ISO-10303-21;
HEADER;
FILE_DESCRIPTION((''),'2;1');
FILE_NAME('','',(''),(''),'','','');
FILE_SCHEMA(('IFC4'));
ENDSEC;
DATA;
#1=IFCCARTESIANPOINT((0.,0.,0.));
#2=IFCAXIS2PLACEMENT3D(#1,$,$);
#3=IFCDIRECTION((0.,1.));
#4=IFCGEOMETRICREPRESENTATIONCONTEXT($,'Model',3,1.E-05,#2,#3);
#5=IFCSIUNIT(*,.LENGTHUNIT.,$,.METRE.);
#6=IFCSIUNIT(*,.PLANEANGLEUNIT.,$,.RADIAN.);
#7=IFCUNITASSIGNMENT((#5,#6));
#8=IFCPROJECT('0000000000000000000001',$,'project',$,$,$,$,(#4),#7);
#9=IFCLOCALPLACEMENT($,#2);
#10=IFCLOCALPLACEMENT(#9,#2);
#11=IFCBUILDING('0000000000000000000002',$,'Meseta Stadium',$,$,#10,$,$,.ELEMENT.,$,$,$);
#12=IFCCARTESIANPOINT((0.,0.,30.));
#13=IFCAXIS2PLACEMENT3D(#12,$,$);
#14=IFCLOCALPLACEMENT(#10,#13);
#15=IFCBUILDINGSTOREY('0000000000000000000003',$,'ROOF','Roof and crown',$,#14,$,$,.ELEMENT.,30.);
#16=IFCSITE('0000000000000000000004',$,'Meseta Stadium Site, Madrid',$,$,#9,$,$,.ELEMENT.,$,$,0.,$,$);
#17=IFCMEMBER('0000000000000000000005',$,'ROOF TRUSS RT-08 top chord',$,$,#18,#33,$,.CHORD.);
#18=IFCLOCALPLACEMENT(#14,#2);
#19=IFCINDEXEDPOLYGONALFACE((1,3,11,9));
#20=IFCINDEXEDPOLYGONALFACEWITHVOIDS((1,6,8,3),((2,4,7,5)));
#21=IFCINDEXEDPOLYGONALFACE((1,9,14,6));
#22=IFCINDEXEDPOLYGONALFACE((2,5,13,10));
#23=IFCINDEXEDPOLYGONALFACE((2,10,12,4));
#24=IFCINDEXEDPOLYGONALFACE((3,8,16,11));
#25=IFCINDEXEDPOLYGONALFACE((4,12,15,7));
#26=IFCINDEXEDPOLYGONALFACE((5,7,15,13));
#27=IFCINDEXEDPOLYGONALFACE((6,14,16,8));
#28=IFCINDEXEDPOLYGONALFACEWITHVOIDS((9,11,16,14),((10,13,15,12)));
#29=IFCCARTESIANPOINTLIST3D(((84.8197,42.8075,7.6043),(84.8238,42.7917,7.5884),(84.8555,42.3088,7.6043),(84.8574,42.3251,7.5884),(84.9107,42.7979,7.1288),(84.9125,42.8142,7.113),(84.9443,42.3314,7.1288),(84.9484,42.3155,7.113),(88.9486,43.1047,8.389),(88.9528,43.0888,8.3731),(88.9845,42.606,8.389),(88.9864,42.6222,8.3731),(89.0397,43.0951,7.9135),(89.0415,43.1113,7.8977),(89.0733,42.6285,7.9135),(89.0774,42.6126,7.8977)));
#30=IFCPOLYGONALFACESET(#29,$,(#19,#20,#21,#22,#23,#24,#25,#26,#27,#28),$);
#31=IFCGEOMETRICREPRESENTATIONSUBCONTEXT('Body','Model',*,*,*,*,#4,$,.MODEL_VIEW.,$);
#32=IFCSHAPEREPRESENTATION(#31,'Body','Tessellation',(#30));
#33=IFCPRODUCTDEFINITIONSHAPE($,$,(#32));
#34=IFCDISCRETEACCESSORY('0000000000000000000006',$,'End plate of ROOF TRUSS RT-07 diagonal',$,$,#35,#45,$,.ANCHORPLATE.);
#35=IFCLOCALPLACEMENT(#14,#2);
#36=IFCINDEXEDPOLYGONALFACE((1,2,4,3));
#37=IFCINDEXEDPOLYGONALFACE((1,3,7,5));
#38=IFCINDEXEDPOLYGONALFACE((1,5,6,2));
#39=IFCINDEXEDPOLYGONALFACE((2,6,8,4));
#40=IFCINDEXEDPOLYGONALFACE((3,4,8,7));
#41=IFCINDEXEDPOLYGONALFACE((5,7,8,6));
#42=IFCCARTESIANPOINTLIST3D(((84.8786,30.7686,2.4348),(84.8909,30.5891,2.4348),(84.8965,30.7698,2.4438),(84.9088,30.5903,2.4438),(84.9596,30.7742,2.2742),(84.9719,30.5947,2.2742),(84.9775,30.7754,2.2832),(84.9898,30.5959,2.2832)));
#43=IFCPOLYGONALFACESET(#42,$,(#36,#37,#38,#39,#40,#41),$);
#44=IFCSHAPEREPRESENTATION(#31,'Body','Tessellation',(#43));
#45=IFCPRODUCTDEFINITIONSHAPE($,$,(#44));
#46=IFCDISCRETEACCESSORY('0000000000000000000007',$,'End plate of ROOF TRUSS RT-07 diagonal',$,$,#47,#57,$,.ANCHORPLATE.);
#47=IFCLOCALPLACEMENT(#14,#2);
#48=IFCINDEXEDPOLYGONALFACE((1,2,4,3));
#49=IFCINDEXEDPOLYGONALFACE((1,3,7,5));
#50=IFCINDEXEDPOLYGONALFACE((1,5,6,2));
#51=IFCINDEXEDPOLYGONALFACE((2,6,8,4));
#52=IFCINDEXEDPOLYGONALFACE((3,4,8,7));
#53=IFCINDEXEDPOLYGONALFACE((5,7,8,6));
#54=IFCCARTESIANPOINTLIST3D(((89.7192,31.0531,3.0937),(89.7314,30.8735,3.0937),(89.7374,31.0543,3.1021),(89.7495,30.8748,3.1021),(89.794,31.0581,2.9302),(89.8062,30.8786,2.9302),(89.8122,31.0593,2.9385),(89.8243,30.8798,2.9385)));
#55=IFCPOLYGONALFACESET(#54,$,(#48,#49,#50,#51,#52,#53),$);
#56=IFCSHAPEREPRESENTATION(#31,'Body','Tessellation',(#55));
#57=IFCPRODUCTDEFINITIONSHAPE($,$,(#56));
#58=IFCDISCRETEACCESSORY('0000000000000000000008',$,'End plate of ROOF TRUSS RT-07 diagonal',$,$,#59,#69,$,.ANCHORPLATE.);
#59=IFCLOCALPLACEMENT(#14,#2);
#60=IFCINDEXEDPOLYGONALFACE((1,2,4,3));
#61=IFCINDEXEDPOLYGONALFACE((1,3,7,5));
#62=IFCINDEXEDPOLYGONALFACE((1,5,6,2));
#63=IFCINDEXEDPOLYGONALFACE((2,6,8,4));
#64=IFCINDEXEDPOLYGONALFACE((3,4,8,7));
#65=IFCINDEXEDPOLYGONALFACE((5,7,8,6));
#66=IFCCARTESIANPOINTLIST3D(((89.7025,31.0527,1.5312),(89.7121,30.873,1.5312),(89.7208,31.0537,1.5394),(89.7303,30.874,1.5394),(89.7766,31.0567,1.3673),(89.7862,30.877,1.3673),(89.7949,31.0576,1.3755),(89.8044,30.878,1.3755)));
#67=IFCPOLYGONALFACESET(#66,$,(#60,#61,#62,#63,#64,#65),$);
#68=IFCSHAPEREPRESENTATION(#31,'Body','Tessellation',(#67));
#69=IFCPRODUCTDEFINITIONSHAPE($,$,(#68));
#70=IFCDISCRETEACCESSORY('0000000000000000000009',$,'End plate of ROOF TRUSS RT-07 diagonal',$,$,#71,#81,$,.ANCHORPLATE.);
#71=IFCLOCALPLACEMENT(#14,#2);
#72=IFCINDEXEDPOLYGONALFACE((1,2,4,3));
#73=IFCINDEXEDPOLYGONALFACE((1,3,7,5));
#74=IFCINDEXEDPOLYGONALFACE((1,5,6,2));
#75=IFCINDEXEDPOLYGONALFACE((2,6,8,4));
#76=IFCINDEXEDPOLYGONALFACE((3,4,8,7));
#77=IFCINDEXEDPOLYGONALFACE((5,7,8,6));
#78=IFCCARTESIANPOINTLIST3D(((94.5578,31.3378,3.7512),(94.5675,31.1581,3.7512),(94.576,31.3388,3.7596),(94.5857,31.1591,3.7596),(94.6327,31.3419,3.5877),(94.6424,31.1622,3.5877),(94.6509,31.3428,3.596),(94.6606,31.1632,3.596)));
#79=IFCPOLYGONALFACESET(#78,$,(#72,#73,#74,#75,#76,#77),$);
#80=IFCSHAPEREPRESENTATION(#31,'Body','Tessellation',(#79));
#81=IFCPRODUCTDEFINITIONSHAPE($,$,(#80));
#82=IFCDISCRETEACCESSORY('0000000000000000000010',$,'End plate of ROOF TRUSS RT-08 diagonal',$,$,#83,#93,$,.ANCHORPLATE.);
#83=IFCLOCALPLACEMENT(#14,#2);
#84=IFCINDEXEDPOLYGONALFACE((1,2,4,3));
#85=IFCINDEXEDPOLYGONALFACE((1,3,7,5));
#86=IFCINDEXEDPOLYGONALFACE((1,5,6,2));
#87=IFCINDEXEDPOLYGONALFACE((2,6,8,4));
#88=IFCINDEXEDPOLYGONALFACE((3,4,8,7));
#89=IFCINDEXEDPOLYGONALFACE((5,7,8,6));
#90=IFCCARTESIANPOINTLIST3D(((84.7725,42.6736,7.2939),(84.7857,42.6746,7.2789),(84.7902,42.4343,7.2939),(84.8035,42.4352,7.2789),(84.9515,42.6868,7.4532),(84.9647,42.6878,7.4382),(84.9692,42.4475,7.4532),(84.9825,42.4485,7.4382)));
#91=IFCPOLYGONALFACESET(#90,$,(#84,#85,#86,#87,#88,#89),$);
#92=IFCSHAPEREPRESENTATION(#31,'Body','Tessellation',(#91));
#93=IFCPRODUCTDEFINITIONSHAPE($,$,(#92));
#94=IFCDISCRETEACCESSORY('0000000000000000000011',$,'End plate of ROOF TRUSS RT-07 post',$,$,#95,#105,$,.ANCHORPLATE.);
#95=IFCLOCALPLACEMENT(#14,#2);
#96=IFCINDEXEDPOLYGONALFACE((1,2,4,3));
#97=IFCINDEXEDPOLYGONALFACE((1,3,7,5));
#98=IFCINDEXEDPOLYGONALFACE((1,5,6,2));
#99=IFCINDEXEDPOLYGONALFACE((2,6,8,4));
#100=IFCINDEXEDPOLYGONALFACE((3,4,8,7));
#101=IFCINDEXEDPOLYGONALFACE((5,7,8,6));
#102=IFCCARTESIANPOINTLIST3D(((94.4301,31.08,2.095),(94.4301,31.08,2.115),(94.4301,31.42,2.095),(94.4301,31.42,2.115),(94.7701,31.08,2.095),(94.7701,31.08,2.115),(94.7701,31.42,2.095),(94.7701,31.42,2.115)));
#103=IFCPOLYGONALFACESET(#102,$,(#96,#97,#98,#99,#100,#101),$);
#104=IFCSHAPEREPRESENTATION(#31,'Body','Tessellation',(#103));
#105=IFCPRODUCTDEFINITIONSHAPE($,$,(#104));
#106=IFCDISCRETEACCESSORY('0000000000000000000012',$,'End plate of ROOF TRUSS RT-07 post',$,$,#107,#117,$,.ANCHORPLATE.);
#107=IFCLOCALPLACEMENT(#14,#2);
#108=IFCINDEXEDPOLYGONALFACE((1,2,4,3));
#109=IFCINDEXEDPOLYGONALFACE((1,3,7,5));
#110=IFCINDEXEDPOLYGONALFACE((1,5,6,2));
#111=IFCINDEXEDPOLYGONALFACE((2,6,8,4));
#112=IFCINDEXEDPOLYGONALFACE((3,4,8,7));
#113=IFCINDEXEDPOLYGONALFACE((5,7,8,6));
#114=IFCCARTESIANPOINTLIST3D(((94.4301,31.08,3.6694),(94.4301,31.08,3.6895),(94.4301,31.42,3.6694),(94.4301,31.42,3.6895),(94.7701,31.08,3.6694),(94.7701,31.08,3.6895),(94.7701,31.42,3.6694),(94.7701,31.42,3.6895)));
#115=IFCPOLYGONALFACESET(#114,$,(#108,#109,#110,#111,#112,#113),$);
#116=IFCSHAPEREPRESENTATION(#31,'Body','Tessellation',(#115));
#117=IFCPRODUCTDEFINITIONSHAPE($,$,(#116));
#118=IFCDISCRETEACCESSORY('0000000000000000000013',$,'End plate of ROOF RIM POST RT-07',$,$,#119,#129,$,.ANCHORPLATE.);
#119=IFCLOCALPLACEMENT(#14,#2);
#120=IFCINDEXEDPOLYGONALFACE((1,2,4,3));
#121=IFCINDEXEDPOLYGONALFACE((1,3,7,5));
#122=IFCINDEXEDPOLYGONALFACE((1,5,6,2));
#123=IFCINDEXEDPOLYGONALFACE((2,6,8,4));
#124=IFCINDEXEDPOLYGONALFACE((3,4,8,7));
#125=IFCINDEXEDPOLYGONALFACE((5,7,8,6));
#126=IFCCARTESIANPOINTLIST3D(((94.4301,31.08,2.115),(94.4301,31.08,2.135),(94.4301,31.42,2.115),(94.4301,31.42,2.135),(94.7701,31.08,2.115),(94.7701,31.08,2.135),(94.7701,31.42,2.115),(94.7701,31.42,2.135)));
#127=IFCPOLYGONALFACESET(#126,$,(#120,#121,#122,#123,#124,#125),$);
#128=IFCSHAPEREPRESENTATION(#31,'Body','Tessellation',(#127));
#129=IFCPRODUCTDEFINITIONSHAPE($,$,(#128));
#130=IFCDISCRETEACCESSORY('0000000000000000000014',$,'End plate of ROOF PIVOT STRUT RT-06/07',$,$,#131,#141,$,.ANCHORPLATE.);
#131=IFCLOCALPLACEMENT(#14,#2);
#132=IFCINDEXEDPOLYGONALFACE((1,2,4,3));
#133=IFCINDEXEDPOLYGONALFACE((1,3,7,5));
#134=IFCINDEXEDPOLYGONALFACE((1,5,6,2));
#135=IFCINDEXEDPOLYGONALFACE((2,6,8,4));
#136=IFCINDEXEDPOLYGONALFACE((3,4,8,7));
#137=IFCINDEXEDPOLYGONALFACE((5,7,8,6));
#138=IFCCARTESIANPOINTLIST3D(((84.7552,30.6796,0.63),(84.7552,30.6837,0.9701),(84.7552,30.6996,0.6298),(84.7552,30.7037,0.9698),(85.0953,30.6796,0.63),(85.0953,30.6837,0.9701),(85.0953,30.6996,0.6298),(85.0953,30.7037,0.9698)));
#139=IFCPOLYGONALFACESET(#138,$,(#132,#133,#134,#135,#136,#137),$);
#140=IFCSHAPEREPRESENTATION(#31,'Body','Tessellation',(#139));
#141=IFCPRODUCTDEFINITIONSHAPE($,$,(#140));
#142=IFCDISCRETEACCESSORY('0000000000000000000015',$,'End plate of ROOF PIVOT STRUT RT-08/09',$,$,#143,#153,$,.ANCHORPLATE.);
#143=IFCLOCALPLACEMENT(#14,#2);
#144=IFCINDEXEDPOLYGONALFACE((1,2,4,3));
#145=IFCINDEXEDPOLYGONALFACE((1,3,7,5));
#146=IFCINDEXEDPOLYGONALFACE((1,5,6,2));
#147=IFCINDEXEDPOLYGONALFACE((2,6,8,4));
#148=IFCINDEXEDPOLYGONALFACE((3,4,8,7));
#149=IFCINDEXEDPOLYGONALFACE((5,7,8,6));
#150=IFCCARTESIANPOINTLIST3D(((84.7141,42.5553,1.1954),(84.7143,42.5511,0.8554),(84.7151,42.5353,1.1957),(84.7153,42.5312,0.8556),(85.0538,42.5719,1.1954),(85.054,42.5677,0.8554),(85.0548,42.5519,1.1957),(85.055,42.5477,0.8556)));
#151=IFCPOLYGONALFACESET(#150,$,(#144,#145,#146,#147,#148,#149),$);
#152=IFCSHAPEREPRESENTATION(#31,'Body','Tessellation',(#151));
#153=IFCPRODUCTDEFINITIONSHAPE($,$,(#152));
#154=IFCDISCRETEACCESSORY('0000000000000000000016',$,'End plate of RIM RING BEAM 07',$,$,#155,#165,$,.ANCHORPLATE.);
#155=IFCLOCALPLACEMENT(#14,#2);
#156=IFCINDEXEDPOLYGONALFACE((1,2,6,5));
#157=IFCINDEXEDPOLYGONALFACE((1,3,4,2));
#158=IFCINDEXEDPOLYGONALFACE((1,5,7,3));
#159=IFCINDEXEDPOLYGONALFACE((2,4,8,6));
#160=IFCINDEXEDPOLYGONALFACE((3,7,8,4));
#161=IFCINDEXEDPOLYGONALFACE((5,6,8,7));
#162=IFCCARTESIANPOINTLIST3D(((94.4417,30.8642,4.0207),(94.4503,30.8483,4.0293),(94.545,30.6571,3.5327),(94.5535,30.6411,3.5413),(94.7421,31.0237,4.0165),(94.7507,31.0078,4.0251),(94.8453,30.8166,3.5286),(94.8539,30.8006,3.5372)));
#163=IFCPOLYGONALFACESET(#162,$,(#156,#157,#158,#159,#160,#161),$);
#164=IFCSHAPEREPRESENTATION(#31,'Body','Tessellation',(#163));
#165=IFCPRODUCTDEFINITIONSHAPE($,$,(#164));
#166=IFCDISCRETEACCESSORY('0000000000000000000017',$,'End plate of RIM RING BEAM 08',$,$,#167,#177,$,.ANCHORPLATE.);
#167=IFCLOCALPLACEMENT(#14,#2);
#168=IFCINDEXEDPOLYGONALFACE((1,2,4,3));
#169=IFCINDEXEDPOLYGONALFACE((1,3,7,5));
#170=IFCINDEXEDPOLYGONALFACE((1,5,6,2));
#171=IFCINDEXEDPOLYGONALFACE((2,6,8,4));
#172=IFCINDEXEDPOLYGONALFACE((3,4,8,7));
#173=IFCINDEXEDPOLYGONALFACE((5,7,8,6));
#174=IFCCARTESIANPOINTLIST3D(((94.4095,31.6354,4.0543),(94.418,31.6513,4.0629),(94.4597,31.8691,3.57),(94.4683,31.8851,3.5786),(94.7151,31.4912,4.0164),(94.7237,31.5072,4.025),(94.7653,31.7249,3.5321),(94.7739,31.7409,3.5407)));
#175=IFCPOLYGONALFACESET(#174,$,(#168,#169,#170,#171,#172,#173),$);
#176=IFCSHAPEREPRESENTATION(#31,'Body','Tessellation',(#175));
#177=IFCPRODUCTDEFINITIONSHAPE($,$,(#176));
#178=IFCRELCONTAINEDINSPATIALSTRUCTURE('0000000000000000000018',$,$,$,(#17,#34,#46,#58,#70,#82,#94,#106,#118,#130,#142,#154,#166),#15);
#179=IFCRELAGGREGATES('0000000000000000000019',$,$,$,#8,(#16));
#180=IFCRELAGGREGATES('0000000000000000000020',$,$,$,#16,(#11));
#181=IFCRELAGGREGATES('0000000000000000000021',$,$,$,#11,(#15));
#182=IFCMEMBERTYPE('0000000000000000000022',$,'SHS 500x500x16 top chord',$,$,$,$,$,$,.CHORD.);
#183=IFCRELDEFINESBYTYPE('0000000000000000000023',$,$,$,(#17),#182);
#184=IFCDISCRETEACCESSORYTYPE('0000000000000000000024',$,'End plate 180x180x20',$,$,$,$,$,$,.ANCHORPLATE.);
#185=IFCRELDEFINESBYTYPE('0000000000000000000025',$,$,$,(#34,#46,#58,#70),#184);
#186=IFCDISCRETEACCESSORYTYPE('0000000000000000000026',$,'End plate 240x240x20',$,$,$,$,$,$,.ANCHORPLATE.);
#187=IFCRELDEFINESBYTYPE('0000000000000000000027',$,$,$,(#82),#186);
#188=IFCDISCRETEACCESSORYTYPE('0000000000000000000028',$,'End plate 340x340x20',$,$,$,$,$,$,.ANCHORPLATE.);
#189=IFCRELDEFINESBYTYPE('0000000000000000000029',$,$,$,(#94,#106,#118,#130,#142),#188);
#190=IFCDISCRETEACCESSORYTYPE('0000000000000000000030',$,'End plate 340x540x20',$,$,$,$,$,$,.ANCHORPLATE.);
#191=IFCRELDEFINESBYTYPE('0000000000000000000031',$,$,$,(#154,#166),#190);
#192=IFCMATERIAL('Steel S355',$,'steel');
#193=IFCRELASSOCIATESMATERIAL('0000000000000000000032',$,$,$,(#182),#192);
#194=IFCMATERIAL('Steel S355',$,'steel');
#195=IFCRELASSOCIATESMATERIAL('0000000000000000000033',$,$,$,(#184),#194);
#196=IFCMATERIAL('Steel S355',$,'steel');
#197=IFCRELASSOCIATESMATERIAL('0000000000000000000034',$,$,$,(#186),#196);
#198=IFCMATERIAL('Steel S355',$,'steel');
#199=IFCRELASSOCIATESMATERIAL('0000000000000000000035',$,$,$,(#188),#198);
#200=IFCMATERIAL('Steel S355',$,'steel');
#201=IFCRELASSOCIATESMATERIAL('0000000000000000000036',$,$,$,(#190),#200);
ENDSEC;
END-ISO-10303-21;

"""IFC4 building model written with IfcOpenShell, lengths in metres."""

from ifc_helpers import new_model, si_unit, direction, frame, origin, origin_2d, place, context, subcontext, project, spatial, rectangle, hollow_rectangle, extrude, material, material_profile, profile_set, type_object, element, save


model = new_model("IFC4")

# Units and contexts
model_context = context("Model", 3, precision=1e-05, world=origin(), true_north=direction((0.0, 1.0)))
body_context = subcontext(model_context, "Body", "Model", "MODEL_VIEW")
ifc_project = project(units=[si_unit("LENGTHUNIT", "METRE"), si_unit("PLANEANGLEUNIT", "RADIAN")], contexts=[model_context])

# Site, building, storey
site_placement = place(None, origin())
site = spatial("IfcSite", under=ifc_project, at=site_placement, Name="Meseta Stadium Site, Madrid", CompositionType="ELEMENT", RefElevation=0.0)
building_placement = place(site_placement, origin())
building = spatial("IfcBuilding", under=site, at=building_placement, Name="Meseta Stadium", CompositionType="ELEMENT")
storey_placement = place(building_placement, frame((0.0, 0.0, 30.0)))
storey = spatial("IfcBuildingStorey", under=building, at=storey_placement, Name="ROOF", Description="Roof and crown", CompositionType="ELEMENT", Elevation=30.0)

# Member
ifc_material_1 = material(Name="Steel S355", Category="steel")
ifc_material_profile_1 = material_profile(ifc_material_1, hollow_rectangle(XDim=0.5, YDim=0.5, WallThickness=0.0161, at=origin_2d()), Name="SHS 500x500x16")
ifc_profile_set_1 = profile_set([ifc_material_profile_1], Name="Steel S355")
member_type_1 = type_object("IfcMemberType", Name="SHS 500x500x16 top chord", PredefinedType="CHORD", material=ifc_profile_set_1)
member_1_placement = place(storey_placement, frame((84.884, 42.5615, 7.3586), z_axis=(0.979971, 0.070519, 0.186236), x_axis=(-0.071775, 0.997421, 0.0)))
element("IfcMember", 1, at=member_1_placement, inside=storey, type_object=member_type_1, Name="ROOF TRUSS RT-08 top chord", PredefinedType="CHORD", context=body_context, shape_type="SweptSolid", body=[
    extrude(hollow_rectangle(XDim=0.5, YDim=0.5, WallThickness=0.0161, at=origin_2d()), origin(), (0.0, 0.0, 1.0), 4.2134),
])

# Discrete accessories
ifc_material_2 = material(Name="Steel S355", Category="steel")
ifc_material_profile_2 = material_profile(ifc_material_2, rectangle(XDim=0.1799, YDim=0.1799, at=origin_2d()), Name="PL 180x180")
ifc_profile_set_2 = profile_set([ifc_material_profile_2], Name="Steel S355")
discrete_accessory_type_1 = type_object("IfcDiscreteAccessoryType", Name="End plate 180x180x20", PredefinedType="ANCHORPLATE", material=ifc_profile_set_2)
for number, where, z_axis, x_axis, name in (
    (2, (84.9253, 30.6816, 2.3545), (0.89031, 0.06098, 0.451253), (-0.068333, 0.997663, 0.0), "End plate of ROOF TRUSS RT-07 diagonal"),
    (3, (89.7627, 30.9658, 3.012), (0.906969, 0.061282, 0.416715), (-0.067414, 0.997725, 0.0), "End plate of ROOF TRUSS RT-07 diagonal"),
    (4, (89.7444, 30.9648, 1.4492), (0.909709, 0.048518, 0.412402), (-0.053258, 0.998581, 0.0), "End plate of ROOF TRUSS RT-07 diagonal"),
    (5, (94.6001, 31.25, 3.6694), (0.907583, 0.049059, 0.416997), (-0.053975, 0.998542, 0.0), "End plate of ROOF TRUSS RT-07 diagonal"),
):
    element("IfcDiscreteAccessory", number, at=place(storey_placement, frame(where, z_axis=z_axis, x_axis=x_axis)), inside=storey, type_object=discrete_accessory_type_1, Name=name, PredefinedType="ANCHORPLATE", context=body_context, shape_type="SweptSolid", body=[
        extrude(rectangle(XDim=0.1799, YDim=0.1799, at=origin_2d()), origin(), (0.0, 0.0, 1.0), 0.02),
    ])
ifc_material_3 = material(Name="Steel S355", Category="steel")
ifc_material_profile_3 = material_profile(ifc_material_3, rectangle(XDim=0.24, YDim=0.24, at=origin_2d()), Name="PL 240x240")
ifc_profile_set_3 = profile_set([ifc_material_profile_3], Name="Steel S355")
discrete_accessory_type_2 = type_object("IfcDiscreteAccessoryType", Name="End plate 240x240x20", PredefinedType="ANCHORPLATE", material=ifc_profile_set_3)
discrete_accessory_placement = place(storey_placement, frame((84.8708, 42.5605, 7.3735), z_axis=(0.662041, 0.04904, -0.747861), x_axis=(-0.073872, 0.997268, 0.0)))
element("IfcDiscreteAccessory", 6, at=discrete_accessory_placement, inside=storey, type_object=discrete_accessory_type_2, Name="End plate of ROOF TRUSS RT-08 diagonal", PredefinedType="ANCHORPLATE", context=body_context, shape_type="SweptSolid", body=[
    extrude(rectangle(XDim=0.24, YDim=0.24, at=origin_2d()), origin(), (0.0, 0.0, 1.0), 0.02),
])
ifc_material_4 = material(Name="Steel S355", Category="steel")
ifc_material_profile_4 = material_profile(ifc_material_4, rectangle(XDim=0.3401, YDim=0.3401, at=origin_2d()), Name="PL 340x340")
ifc_profile_set_4 = profile_set([ifc_material_profile_4], Name="Steel S355")
discrete_accessory_type_3 = type_object("IfcDiscreteAccessoryType", Name="End plate 340x340x20", PredefinedType="ANCHORPLATE", material=ifc_profile_set_4)
for number, where, z_axis, x_axis, name in (
    (7, (94.6001, 31.25, 2.095), (0.0, 0.0, 1.0), (1.0, 0.0, 0.0), "End plate of ROOF TRUSS RT-07 post"),
    (8, (94.6001, 31.25, 3.6694), (0.0, 0.0, 1.0), (1.0, 0.0, 0.0), "End plate of ROOF TRUSS RT-07 post"),
    (9, (94.6001, 31.25, 2.115), (0.0, 0.0, 1.0), (1.0, 0.0, 0.0), "End plate of ROOF RIM POST RT-07"),
    (10, (84.9253, 30.6816, 0.8), (0.0, 0.999926, -0.012194), (-1.0, 0.0, 0.0), "End plate of ROOF PIVOT STRUT RT-06/07"),
    (11, (84.885, 42.5415, 1.0256), (-0.048719, 0.998738, -0.01218), (-0.998812, -0.048723, 0.0), "End plate of ROOF PIVOT STRUT RT-08/09"),
):
    element("IfcDiscreteAccessory", number, at=place(storey_placement, frame(where, z_axis=z_axis, x_axis=x_axis)), inside=storey, type_object=discrete_accessory_type_3, Name=name, PredefinedType="ANCHORPLATE", context=body_context, shape_type="SweptSolid", body=[
        extrude(rectangle(XDim=0.3401, YDim=0.3401, at=origin_2d()), origin(), (0.0, 0.0, 1.0), 0.02),
    ])
ifc_material_5 = material(Name="Steel S355", Category="steel")
ifc_material_profile_5 = material_profile(ifc_material_5, rectangle(XDim=0.3401, YDim=0.54, at=origin_2d()), Name="PL 340x540")
ifc_profile_set_5 = profile_set([ifc_material_profile_5], Name="Steel S355")
discrete_accessory_type_4 = type_object("IfcDiscreteAccessoryType", Name="End plate 340x540x20", PredefinedType="ANCHORPLATE", material=ifc_profile_set_5)
for number, where, z_axis, x_axis, name in (
    (12, (94.6521, 30.8245, 3.7832), (-0.428393, 0.795587, -0.428393), (-0.883144, -0.468942, 0.012252), "End plate of RIM RING BEAM 07"),
    (13, (94.5874, 31.6802, 3.7932), (0.428393, 0.795587, 0.428393), (-0.898795, 0.423974, 0.111416), "End plate of RIM RING BEAM 08"),
):
    element("IfcDiscreteAccessory", number, at=place(storey_placement, frame(where, z_axis=z_axis, x_axis=x_axis)), inside=storey, type_object=discrete_accessory_type_4, Name=name, PredefinedType="ANCHORPLATE", context=body_context, shape_type="SweptSolid", body=[
        extrude(rectangle(XDim=0.3401, YDim=0.54, at=origin_2d()), origin(), (0.0, 0.0, 1.0), 0.02),
    ])

save(model, "model.ifc")
